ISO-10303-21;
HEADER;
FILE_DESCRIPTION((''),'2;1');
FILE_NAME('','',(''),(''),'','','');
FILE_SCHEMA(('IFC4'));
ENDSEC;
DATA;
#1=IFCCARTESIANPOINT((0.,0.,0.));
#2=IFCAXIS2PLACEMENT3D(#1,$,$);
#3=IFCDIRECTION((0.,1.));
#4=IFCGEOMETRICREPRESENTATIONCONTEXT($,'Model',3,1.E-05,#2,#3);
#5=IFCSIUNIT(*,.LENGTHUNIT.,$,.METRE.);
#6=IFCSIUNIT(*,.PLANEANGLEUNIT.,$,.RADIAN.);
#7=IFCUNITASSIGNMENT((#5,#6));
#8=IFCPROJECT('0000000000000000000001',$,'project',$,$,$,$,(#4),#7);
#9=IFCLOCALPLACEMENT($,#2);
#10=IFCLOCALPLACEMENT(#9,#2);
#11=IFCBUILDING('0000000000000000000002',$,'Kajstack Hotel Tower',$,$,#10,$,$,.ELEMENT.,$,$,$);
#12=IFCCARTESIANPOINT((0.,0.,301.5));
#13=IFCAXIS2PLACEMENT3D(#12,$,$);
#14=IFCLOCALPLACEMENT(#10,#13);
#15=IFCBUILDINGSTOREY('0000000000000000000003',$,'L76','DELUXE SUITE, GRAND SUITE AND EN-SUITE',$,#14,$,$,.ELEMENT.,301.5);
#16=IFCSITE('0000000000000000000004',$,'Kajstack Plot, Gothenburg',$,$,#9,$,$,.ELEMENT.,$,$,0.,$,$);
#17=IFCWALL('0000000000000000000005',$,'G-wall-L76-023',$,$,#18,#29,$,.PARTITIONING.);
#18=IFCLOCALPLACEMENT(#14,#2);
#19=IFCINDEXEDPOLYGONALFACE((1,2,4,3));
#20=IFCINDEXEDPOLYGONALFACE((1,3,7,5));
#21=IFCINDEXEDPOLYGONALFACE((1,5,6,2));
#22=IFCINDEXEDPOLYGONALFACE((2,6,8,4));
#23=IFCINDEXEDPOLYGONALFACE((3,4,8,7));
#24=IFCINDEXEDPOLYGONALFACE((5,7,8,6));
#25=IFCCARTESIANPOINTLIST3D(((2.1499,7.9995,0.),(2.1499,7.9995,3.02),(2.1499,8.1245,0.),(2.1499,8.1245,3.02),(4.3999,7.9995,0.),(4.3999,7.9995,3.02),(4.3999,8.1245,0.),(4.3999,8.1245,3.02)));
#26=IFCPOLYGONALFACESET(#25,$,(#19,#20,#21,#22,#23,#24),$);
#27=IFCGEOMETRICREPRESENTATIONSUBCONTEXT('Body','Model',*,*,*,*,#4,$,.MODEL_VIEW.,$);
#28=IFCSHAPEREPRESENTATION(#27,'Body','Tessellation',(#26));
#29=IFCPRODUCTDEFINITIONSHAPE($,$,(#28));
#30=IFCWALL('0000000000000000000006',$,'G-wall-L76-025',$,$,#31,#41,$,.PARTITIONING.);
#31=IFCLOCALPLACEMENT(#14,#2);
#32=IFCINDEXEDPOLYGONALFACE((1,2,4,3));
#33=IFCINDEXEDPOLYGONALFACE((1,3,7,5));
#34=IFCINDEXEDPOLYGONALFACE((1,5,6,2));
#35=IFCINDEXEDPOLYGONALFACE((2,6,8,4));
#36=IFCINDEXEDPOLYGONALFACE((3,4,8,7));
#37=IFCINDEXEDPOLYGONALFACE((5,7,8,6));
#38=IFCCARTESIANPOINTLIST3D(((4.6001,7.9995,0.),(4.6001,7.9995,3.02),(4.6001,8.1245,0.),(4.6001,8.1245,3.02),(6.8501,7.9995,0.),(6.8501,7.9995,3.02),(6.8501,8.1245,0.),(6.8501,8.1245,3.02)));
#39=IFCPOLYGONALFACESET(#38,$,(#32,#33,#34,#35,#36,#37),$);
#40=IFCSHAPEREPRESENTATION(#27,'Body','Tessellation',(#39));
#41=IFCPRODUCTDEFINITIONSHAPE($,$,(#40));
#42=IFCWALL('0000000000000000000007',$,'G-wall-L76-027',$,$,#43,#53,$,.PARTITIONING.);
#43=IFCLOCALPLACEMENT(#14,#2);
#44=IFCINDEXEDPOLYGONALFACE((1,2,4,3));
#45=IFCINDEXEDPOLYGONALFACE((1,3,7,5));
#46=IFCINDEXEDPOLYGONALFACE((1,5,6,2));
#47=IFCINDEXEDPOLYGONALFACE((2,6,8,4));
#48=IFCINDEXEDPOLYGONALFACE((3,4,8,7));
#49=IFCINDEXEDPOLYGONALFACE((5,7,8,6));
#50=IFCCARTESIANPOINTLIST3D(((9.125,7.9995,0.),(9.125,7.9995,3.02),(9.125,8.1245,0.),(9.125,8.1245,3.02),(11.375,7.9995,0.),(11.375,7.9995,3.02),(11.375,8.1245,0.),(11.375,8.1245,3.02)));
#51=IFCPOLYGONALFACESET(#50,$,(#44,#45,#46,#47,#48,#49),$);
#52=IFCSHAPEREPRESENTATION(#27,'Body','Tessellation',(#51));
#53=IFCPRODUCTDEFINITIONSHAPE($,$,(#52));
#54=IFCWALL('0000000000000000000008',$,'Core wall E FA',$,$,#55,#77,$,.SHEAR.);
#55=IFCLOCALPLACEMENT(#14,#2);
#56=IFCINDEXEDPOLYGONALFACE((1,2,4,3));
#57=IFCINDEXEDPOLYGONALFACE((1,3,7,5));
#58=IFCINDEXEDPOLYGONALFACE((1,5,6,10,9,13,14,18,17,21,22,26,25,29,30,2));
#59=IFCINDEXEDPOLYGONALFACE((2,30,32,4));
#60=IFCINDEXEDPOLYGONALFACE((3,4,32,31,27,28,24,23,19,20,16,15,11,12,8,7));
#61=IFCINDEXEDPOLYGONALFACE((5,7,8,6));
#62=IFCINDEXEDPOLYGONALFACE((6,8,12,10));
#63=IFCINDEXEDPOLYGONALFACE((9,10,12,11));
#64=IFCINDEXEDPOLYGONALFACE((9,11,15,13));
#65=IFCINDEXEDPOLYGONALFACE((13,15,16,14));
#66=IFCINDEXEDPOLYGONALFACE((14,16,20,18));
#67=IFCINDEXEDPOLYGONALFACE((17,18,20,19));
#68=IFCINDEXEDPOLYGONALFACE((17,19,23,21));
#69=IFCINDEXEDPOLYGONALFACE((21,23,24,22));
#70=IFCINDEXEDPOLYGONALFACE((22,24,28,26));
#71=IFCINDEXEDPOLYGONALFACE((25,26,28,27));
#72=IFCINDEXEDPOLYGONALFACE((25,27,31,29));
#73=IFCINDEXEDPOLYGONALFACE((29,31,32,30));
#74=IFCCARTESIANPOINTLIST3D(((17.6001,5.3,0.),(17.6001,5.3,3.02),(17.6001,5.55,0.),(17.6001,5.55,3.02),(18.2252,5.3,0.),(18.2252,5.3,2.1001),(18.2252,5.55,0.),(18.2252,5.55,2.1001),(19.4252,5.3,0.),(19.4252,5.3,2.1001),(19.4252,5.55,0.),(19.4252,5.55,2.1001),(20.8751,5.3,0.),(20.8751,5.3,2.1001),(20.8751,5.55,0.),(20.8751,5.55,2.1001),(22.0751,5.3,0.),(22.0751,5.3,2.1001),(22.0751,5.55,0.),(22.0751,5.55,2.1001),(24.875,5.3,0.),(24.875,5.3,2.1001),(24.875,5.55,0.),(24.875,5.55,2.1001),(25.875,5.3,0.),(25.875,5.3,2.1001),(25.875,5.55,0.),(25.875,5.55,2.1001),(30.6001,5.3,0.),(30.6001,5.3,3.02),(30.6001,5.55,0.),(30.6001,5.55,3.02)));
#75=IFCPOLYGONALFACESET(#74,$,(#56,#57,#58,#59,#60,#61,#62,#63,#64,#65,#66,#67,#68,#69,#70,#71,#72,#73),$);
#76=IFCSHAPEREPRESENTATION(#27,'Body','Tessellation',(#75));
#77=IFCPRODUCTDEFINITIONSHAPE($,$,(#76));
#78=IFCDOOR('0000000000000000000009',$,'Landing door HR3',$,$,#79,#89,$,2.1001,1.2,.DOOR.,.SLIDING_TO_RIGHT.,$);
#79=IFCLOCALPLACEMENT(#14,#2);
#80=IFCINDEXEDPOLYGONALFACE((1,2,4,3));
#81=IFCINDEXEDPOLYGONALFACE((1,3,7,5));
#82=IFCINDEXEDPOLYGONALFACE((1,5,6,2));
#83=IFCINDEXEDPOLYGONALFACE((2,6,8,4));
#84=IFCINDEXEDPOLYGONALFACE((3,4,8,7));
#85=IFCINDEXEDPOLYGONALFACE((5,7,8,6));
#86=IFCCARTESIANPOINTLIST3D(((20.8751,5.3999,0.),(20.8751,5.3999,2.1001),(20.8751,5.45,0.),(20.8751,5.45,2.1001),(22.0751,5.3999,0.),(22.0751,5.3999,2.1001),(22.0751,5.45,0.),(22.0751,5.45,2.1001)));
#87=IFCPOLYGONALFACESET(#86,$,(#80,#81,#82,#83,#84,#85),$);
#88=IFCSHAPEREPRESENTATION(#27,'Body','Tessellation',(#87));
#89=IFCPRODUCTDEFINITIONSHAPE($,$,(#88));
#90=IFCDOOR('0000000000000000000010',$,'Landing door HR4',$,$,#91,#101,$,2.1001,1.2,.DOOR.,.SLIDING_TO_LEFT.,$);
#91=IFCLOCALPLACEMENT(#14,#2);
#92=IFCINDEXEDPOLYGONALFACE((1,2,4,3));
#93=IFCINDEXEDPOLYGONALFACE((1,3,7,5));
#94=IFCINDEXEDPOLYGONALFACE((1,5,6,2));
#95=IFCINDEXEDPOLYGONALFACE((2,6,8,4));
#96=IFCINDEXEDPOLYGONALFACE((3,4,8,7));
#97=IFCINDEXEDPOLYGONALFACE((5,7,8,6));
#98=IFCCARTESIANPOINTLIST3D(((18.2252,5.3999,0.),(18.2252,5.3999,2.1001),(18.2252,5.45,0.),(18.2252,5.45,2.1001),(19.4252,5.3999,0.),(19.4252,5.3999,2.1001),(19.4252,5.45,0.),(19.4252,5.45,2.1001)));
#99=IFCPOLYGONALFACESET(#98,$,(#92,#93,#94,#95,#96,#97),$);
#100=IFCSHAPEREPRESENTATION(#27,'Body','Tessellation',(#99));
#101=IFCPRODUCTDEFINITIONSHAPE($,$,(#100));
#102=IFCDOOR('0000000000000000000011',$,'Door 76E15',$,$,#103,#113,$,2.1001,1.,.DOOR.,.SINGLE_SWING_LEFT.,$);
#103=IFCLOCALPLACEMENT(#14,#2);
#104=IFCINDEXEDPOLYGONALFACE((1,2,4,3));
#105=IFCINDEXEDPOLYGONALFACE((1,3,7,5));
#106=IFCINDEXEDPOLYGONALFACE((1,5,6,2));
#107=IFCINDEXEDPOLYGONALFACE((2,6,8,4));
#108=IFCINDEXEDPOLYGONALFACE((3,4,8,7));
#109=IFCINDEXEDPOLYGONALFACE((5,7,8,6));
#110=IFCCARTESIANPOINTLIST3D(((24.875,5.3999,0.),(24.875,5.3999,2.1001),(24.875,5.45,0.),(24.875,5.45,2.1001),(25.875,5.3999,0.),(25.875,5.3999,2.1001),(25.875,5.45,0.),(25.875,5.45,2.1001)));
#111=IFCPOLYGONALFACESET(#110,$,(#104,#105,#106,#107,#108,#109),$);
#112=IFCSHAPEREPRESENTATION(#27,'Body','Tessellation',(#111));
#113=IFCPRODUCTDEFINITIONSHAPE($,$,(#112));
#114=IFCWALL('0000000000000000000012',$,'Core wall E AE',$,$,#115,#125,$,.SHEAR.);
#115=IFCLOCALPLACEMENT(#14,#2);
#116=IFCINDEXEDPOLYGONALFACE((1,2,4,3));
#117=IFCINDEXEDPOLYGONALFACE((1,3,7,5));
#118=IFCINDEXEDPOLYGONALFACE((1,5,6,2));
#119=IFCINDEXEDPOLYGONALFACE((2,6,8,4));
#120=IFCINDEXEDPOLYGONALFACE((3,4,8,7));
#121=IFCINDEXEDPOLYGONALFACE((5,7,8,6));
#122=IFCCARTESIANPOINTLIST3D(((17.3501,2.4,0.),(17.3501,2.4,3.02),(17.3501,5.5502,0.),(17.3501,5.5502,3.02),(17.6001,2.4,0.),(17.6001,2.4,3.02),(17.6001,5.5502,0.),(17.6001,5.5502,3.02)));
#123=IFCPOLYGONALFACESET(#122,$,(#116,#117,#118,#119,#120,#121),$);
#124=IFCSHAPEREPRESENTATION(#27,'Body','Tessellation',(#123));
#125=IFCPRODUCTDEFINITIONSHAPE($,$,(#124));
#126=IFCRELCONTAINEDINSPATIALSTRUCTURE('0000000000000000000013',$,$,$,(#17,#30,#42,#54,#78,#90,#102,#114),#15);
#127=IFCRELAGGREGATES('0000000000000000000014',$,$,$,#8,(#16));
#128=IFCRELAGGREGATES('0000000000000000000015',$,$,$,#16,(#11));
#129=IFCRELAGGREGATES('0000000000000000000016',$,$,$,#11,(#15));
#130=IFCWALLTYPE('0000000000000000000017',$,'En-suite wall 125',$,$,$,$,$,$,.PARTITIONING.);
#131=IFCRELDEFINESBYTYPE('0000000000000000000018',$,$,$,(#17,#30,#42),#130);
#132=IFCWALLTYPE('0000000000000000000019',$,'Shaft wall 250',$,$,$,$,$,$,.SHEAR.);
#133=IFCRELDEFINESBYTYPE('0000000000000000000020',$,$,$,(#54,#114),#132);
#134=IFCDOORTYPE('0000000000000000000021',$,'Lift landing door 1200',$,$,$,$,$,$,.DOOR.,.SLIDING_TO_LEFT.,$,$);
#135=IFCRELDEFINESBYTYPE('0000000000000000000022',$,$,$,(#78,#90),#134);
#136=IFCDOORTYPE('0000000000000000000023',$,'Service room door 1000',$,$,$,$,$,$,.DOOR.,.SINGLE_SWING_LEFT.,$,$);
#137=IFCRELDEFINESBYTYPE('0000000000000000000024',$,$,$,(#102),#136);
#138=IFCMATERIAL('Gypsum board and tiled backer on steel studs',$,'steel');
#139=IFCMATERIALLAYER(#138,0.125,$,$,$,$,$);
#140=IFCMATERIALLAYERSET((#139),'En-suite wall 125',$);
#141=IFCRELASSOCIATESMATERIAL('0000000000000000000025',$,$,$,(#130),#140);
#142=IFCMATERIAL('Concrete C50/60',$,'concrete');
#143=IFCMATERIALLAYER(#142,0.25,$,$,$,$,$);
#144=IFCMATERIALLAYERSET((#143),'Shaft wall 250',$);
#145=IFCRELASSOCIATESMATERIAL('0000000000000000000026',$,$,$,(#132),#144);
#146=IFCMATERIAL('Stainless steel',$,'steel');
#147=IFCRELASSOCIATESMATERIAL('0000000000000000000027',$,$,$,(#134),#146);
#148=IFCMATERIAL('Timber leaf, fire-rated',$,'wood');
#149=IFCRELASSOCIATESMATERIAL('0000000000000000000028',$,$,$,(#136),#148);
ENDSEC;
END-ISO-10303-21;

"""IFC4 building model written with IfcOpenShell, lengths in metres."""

from ifc_helpers import new_model, si_unit, direction, frame, frame_2d, origin, place, context, subcontext, project, spatial, rectangle, extrude, material, layer, layer_set, type_object, element, fill, save


model = new_model("IFC4")

# Units and contexts
model_context = context("Model", 3, precision=1e-05, world=origin(), true_north=direction((0.0, 1.0)))
body_context = subcontext(model_context, "Body", "Model", "MODEL_VIEW")
ifc_project = project(units=[si_unit("LENGTHUNIT", "METRE"), si_unit("PLANEANGLEUNIT", "RADIAN")], contexts=[model_context])

# Site, building, storey
site_placement = place(None, origin())
site = spatial("IfcSite", under=ifc_project, at=site_placement, Name="Kajstack Plot, Gothenburg", CompositionType="ELEMENT", RefElevation=0.0)
building_placement = place(site_placement, origin())
building = spatial("IfcBuilding", under=site, at=building_placement, Name="Kajstack Hotel Tower", CompositionType="ELEMENT")
storey_placement = place(building_placement, frame((0.0, 0.0, 301.5)))
storey = spatial("IfcBuildingStorey", under=building, at=storey_placement, Name="L76", Description="DELUXE SUITE, GRAND SUITE AND EN-SUITE", CompositionType="ELEMENT", Elevation=301.5)

# Walls
ifc_material_1 = material(Name="Gypsum board and tiled backer on steel studs", Category="steel")
ifc_layer_1 = layer(ifc_material_1, 0.125)
ifc_layer_set_1 = layer_set([ifc_layer_1], Name="En-suite wall 125")
wall_type_1 = type_object("IfcWallType", Name="En-suite wall 125", PredefinedType="PARTITIONING", material=ifc_layer_set_1)
for number, where, z_axis, x_axis, name in (
    (1, (2.1499, 8.062, 0.0), (0.0, 0.0, 1.0), (1.0, 0.0, 0.0), "G-wall-L76-023"),
    (2, (4.6001, 8.062, 0.0), (0.0, 0.0, 1.0), (1.0, 0.0, 0.0), "G-wall-L76-025"),
    (3, (9.125, 8.062, 0.0), (0.0, 0.0, 1.0), (1.0, 0.0, 0.0), "G-wall-L76-027"),
):
    element("IfcWall", number, at=place(storey_placement, frame(where, z_axis=z_axis, x_axis=x_axis)), inside=storey, type_object=wall_type_1, Name=name, PredefinedType="PARTITIONING", context=body_context, shape_type="SweptSolid", body=[
        extrude(rectangle(XDim=2.25, YDim=0.125, at=frame_2d((1.125, 0.0))), origin(), (0.0, 0.0, 1.0), 3.02),
    ])

# Wall, openings, doors
ifc_material_2 = material(Name="Concrete C50/60", Category="concrete")
ifc_layer_2 = layer(ifc_material_2, 0.25)
ifc_layer_set_2 = layer_set([ifc_layer_2], Name="Shaft wall 250")
wall_type_2 = type_object("IfcWallType", Name="Shaft wall 250", PredefinedType="SHEAR", material=ifc_layer_set_2)
wall_1_placement = place(storey_placement, frame((17.6001, 5.425, 0.0), z_axis=(0.0, 0.0, 1.0), x_axis=(1.0, 0.0, 0.0)))
wall_1 = element("IfcWall", 4, at=wall_1_placement, inside=storey, type_object=wall_type_2, Name="Core wall E FA", PredefinedType="SHEAR", context=body_context, shape_type="SweptSolid", body=[
    extrude(rectangle(XDim=13.0, YDim=0.25, at=frame_2d((6.5, 0.0))), origin(), (0.0, 0.0, 1.0), 3.02),
])
opening_1_placement = place(wall_1_placement, frame((3.2749, 0.0, 0.0)))
opening_1 = element("IfcOpeningElement", 5, at=opening_1_placement, cuts=wall_1, PredefinedType="OPENING", context=body_context, shape_type="SweptSolid", body=[
    extrude(rectangle(XDim=1.2, YDim=2.1001, at=frame_2d((0.6001, 1.05))), frame((0.0, 0.135, 0.0), z_axis=(0.0, -1.0, 0.0), x_axis=(1.0, 0.0, 0.0)), (0.0, 0.0, 1.0), 0.27),
])
opening_2_placement = place(wall_1_placement, frame((0.625, 0.0, 0.0)))
opening_2 = element("IfcOpeningElement", 6, at=opening_2_placement, cuts=wall_1, PredefinedType="OPENING", context=body_context, shape_type="SweptSolid", body=[
    extrude(rectangle(XDim=1.2, YDim=2.1001, at=frame_2d((0.6001, 1.05))), frame((0.0, 0.135, 0.0), z_axis=(0.0, -1.0, 0.0), x_axis=(1.0, 0.0, 0.0)), (0.0, 0.0, 1.0), 0.27),
])
opening_3_placement = place(wall_1_placement, frame((7.2749, 0.0, 0.0)))
opening_3 = element("IfcOpeningElement", 7, at=opening_3_placement, cuts=wall_1, PredefinedType="OPENING", context=body_context, shape_type="SweptSolid", body=[
    extrude(rectangle(XDim=1.0, YDim=2.1001, at=frame_2d((0.5, 1.05))), frame((0.0, 0.135, 0.0), z_axis=(0.0, -1.0, 0.0), x_axis=(1.0, 0.0, 0.0)), (0.0, 0.0, 1.0), 0.27),
])
ifc_material_3 = material(Name="Stainless steel", Category="steel")
door_type_1 = type_object("IfcDoorType", Name="Lift landing door 1200", OperationType="SLIDING_TO_LEFT", PredefinedType="DOOR", material=ifc_material_3)
door_1_placement = place(opening_1_placement, origin())
door_1 = element("IfcDoor", 8, at=door_1_placement, inside=storey, type_object=door_type_1, Name="Landing door HR3", OperationType="SLIDING_TO_RIGHT", OverallHeight=2.1001, OverallWidth=1.2, PredefinedType="DOOR", context=body_context, shape_type="SweptSolid", body=[
    extrude(rectangle(XDim=1.2, YDim=2.1001, at=frame_2d((0.6001, 1.05))), frame((0.0, 0.0249, 0.0), z_axis=(0.0, -1.0, 0.0), x_axis=(1.0, 0.0, 0.0)), (0.0, 0.0, 1.0), 0.05),
])
fill(opening_1, door_1)
door_2_placement = place(opening_2_placement, origin())
door_2 = element("IfcDoor", 9, at=door_2_placement, inside=storey, type_object=door_type_1, Name="Landing door HR4", OperationType="SLIDING_TO_LEFT", OverallHeight=2.1001, OverallWidth=1.2, PredefinedType="DOOR", context=body_context, shape_type="SweptSolid", body=[
    extrude(rectangle(XDim=1.2, YDim=2.1001, at=frame_2d((0.6001, 1.05))), frame((0.0, 0.0249, 0.0), z_axis=(0.0, -1.0, 0.0), x_axis=(1.0, 0.0, 0.0)), (0.0, 0.0, 1.0), 0.05),
])
fill(opening_2, door_2)
ifc_material_4 = material(Name="Timber leaf, fire-rated", Category="wood")
door_type_2 = type_object("IfcDoorType", Name="Service room door 1000", OperationType="SINGLE_SWING_LEFT", PredefinedType="DOOR", material=ifc_material_4)
door_3_placement = place(opening_3_placement, origin())
door_3 = element("IfcDoor", 10, at=door_3_placement, inside=storey, type_object=door_type_2, Name="Door 76E15", OperationType="SINGLE_SWING_LEFT", OverallHeight=2.1001, OverallWidth=1.0, PredefinedType="DOOR", context=body_context, shape_type="SweptSolid", body=[
    extrude(rectangle(XDim=1.0, YDim=2.1001, at=frame_2d((0.5, 1.05))), frame((0.0, 0.0249, 0.0), z_axis=(0.0, -1.0, 0.0), x_axis=(1.0, 0.0, 0.0)), (0.0, 0.0, 1.0), 0.05),
])
fill(opening_3, door_3)

# Wall
wall_2_placement = place(storey_placement, frame((17.4751, 2.3999, 0.0), z_axis=(0.0, 0.0, 1.0), x_axis=(0.0, 1.0, 0.0)))
element("IfcWall", 11, at=wall_2_placement, inside=storey, type_object=wall_type_2, Name="Core wall E AE", PredefinedType="SHEAR", context=body_context, shape_type="SweptSolid", body=[
    extrude(rectangle(XDim=3.1501, YDim=0.25, at=frame_2d((1.5752, 0.0))), origin(), (0.0, 0.0, 1.0), 3.02),
])

save(model, "model.ifc")
